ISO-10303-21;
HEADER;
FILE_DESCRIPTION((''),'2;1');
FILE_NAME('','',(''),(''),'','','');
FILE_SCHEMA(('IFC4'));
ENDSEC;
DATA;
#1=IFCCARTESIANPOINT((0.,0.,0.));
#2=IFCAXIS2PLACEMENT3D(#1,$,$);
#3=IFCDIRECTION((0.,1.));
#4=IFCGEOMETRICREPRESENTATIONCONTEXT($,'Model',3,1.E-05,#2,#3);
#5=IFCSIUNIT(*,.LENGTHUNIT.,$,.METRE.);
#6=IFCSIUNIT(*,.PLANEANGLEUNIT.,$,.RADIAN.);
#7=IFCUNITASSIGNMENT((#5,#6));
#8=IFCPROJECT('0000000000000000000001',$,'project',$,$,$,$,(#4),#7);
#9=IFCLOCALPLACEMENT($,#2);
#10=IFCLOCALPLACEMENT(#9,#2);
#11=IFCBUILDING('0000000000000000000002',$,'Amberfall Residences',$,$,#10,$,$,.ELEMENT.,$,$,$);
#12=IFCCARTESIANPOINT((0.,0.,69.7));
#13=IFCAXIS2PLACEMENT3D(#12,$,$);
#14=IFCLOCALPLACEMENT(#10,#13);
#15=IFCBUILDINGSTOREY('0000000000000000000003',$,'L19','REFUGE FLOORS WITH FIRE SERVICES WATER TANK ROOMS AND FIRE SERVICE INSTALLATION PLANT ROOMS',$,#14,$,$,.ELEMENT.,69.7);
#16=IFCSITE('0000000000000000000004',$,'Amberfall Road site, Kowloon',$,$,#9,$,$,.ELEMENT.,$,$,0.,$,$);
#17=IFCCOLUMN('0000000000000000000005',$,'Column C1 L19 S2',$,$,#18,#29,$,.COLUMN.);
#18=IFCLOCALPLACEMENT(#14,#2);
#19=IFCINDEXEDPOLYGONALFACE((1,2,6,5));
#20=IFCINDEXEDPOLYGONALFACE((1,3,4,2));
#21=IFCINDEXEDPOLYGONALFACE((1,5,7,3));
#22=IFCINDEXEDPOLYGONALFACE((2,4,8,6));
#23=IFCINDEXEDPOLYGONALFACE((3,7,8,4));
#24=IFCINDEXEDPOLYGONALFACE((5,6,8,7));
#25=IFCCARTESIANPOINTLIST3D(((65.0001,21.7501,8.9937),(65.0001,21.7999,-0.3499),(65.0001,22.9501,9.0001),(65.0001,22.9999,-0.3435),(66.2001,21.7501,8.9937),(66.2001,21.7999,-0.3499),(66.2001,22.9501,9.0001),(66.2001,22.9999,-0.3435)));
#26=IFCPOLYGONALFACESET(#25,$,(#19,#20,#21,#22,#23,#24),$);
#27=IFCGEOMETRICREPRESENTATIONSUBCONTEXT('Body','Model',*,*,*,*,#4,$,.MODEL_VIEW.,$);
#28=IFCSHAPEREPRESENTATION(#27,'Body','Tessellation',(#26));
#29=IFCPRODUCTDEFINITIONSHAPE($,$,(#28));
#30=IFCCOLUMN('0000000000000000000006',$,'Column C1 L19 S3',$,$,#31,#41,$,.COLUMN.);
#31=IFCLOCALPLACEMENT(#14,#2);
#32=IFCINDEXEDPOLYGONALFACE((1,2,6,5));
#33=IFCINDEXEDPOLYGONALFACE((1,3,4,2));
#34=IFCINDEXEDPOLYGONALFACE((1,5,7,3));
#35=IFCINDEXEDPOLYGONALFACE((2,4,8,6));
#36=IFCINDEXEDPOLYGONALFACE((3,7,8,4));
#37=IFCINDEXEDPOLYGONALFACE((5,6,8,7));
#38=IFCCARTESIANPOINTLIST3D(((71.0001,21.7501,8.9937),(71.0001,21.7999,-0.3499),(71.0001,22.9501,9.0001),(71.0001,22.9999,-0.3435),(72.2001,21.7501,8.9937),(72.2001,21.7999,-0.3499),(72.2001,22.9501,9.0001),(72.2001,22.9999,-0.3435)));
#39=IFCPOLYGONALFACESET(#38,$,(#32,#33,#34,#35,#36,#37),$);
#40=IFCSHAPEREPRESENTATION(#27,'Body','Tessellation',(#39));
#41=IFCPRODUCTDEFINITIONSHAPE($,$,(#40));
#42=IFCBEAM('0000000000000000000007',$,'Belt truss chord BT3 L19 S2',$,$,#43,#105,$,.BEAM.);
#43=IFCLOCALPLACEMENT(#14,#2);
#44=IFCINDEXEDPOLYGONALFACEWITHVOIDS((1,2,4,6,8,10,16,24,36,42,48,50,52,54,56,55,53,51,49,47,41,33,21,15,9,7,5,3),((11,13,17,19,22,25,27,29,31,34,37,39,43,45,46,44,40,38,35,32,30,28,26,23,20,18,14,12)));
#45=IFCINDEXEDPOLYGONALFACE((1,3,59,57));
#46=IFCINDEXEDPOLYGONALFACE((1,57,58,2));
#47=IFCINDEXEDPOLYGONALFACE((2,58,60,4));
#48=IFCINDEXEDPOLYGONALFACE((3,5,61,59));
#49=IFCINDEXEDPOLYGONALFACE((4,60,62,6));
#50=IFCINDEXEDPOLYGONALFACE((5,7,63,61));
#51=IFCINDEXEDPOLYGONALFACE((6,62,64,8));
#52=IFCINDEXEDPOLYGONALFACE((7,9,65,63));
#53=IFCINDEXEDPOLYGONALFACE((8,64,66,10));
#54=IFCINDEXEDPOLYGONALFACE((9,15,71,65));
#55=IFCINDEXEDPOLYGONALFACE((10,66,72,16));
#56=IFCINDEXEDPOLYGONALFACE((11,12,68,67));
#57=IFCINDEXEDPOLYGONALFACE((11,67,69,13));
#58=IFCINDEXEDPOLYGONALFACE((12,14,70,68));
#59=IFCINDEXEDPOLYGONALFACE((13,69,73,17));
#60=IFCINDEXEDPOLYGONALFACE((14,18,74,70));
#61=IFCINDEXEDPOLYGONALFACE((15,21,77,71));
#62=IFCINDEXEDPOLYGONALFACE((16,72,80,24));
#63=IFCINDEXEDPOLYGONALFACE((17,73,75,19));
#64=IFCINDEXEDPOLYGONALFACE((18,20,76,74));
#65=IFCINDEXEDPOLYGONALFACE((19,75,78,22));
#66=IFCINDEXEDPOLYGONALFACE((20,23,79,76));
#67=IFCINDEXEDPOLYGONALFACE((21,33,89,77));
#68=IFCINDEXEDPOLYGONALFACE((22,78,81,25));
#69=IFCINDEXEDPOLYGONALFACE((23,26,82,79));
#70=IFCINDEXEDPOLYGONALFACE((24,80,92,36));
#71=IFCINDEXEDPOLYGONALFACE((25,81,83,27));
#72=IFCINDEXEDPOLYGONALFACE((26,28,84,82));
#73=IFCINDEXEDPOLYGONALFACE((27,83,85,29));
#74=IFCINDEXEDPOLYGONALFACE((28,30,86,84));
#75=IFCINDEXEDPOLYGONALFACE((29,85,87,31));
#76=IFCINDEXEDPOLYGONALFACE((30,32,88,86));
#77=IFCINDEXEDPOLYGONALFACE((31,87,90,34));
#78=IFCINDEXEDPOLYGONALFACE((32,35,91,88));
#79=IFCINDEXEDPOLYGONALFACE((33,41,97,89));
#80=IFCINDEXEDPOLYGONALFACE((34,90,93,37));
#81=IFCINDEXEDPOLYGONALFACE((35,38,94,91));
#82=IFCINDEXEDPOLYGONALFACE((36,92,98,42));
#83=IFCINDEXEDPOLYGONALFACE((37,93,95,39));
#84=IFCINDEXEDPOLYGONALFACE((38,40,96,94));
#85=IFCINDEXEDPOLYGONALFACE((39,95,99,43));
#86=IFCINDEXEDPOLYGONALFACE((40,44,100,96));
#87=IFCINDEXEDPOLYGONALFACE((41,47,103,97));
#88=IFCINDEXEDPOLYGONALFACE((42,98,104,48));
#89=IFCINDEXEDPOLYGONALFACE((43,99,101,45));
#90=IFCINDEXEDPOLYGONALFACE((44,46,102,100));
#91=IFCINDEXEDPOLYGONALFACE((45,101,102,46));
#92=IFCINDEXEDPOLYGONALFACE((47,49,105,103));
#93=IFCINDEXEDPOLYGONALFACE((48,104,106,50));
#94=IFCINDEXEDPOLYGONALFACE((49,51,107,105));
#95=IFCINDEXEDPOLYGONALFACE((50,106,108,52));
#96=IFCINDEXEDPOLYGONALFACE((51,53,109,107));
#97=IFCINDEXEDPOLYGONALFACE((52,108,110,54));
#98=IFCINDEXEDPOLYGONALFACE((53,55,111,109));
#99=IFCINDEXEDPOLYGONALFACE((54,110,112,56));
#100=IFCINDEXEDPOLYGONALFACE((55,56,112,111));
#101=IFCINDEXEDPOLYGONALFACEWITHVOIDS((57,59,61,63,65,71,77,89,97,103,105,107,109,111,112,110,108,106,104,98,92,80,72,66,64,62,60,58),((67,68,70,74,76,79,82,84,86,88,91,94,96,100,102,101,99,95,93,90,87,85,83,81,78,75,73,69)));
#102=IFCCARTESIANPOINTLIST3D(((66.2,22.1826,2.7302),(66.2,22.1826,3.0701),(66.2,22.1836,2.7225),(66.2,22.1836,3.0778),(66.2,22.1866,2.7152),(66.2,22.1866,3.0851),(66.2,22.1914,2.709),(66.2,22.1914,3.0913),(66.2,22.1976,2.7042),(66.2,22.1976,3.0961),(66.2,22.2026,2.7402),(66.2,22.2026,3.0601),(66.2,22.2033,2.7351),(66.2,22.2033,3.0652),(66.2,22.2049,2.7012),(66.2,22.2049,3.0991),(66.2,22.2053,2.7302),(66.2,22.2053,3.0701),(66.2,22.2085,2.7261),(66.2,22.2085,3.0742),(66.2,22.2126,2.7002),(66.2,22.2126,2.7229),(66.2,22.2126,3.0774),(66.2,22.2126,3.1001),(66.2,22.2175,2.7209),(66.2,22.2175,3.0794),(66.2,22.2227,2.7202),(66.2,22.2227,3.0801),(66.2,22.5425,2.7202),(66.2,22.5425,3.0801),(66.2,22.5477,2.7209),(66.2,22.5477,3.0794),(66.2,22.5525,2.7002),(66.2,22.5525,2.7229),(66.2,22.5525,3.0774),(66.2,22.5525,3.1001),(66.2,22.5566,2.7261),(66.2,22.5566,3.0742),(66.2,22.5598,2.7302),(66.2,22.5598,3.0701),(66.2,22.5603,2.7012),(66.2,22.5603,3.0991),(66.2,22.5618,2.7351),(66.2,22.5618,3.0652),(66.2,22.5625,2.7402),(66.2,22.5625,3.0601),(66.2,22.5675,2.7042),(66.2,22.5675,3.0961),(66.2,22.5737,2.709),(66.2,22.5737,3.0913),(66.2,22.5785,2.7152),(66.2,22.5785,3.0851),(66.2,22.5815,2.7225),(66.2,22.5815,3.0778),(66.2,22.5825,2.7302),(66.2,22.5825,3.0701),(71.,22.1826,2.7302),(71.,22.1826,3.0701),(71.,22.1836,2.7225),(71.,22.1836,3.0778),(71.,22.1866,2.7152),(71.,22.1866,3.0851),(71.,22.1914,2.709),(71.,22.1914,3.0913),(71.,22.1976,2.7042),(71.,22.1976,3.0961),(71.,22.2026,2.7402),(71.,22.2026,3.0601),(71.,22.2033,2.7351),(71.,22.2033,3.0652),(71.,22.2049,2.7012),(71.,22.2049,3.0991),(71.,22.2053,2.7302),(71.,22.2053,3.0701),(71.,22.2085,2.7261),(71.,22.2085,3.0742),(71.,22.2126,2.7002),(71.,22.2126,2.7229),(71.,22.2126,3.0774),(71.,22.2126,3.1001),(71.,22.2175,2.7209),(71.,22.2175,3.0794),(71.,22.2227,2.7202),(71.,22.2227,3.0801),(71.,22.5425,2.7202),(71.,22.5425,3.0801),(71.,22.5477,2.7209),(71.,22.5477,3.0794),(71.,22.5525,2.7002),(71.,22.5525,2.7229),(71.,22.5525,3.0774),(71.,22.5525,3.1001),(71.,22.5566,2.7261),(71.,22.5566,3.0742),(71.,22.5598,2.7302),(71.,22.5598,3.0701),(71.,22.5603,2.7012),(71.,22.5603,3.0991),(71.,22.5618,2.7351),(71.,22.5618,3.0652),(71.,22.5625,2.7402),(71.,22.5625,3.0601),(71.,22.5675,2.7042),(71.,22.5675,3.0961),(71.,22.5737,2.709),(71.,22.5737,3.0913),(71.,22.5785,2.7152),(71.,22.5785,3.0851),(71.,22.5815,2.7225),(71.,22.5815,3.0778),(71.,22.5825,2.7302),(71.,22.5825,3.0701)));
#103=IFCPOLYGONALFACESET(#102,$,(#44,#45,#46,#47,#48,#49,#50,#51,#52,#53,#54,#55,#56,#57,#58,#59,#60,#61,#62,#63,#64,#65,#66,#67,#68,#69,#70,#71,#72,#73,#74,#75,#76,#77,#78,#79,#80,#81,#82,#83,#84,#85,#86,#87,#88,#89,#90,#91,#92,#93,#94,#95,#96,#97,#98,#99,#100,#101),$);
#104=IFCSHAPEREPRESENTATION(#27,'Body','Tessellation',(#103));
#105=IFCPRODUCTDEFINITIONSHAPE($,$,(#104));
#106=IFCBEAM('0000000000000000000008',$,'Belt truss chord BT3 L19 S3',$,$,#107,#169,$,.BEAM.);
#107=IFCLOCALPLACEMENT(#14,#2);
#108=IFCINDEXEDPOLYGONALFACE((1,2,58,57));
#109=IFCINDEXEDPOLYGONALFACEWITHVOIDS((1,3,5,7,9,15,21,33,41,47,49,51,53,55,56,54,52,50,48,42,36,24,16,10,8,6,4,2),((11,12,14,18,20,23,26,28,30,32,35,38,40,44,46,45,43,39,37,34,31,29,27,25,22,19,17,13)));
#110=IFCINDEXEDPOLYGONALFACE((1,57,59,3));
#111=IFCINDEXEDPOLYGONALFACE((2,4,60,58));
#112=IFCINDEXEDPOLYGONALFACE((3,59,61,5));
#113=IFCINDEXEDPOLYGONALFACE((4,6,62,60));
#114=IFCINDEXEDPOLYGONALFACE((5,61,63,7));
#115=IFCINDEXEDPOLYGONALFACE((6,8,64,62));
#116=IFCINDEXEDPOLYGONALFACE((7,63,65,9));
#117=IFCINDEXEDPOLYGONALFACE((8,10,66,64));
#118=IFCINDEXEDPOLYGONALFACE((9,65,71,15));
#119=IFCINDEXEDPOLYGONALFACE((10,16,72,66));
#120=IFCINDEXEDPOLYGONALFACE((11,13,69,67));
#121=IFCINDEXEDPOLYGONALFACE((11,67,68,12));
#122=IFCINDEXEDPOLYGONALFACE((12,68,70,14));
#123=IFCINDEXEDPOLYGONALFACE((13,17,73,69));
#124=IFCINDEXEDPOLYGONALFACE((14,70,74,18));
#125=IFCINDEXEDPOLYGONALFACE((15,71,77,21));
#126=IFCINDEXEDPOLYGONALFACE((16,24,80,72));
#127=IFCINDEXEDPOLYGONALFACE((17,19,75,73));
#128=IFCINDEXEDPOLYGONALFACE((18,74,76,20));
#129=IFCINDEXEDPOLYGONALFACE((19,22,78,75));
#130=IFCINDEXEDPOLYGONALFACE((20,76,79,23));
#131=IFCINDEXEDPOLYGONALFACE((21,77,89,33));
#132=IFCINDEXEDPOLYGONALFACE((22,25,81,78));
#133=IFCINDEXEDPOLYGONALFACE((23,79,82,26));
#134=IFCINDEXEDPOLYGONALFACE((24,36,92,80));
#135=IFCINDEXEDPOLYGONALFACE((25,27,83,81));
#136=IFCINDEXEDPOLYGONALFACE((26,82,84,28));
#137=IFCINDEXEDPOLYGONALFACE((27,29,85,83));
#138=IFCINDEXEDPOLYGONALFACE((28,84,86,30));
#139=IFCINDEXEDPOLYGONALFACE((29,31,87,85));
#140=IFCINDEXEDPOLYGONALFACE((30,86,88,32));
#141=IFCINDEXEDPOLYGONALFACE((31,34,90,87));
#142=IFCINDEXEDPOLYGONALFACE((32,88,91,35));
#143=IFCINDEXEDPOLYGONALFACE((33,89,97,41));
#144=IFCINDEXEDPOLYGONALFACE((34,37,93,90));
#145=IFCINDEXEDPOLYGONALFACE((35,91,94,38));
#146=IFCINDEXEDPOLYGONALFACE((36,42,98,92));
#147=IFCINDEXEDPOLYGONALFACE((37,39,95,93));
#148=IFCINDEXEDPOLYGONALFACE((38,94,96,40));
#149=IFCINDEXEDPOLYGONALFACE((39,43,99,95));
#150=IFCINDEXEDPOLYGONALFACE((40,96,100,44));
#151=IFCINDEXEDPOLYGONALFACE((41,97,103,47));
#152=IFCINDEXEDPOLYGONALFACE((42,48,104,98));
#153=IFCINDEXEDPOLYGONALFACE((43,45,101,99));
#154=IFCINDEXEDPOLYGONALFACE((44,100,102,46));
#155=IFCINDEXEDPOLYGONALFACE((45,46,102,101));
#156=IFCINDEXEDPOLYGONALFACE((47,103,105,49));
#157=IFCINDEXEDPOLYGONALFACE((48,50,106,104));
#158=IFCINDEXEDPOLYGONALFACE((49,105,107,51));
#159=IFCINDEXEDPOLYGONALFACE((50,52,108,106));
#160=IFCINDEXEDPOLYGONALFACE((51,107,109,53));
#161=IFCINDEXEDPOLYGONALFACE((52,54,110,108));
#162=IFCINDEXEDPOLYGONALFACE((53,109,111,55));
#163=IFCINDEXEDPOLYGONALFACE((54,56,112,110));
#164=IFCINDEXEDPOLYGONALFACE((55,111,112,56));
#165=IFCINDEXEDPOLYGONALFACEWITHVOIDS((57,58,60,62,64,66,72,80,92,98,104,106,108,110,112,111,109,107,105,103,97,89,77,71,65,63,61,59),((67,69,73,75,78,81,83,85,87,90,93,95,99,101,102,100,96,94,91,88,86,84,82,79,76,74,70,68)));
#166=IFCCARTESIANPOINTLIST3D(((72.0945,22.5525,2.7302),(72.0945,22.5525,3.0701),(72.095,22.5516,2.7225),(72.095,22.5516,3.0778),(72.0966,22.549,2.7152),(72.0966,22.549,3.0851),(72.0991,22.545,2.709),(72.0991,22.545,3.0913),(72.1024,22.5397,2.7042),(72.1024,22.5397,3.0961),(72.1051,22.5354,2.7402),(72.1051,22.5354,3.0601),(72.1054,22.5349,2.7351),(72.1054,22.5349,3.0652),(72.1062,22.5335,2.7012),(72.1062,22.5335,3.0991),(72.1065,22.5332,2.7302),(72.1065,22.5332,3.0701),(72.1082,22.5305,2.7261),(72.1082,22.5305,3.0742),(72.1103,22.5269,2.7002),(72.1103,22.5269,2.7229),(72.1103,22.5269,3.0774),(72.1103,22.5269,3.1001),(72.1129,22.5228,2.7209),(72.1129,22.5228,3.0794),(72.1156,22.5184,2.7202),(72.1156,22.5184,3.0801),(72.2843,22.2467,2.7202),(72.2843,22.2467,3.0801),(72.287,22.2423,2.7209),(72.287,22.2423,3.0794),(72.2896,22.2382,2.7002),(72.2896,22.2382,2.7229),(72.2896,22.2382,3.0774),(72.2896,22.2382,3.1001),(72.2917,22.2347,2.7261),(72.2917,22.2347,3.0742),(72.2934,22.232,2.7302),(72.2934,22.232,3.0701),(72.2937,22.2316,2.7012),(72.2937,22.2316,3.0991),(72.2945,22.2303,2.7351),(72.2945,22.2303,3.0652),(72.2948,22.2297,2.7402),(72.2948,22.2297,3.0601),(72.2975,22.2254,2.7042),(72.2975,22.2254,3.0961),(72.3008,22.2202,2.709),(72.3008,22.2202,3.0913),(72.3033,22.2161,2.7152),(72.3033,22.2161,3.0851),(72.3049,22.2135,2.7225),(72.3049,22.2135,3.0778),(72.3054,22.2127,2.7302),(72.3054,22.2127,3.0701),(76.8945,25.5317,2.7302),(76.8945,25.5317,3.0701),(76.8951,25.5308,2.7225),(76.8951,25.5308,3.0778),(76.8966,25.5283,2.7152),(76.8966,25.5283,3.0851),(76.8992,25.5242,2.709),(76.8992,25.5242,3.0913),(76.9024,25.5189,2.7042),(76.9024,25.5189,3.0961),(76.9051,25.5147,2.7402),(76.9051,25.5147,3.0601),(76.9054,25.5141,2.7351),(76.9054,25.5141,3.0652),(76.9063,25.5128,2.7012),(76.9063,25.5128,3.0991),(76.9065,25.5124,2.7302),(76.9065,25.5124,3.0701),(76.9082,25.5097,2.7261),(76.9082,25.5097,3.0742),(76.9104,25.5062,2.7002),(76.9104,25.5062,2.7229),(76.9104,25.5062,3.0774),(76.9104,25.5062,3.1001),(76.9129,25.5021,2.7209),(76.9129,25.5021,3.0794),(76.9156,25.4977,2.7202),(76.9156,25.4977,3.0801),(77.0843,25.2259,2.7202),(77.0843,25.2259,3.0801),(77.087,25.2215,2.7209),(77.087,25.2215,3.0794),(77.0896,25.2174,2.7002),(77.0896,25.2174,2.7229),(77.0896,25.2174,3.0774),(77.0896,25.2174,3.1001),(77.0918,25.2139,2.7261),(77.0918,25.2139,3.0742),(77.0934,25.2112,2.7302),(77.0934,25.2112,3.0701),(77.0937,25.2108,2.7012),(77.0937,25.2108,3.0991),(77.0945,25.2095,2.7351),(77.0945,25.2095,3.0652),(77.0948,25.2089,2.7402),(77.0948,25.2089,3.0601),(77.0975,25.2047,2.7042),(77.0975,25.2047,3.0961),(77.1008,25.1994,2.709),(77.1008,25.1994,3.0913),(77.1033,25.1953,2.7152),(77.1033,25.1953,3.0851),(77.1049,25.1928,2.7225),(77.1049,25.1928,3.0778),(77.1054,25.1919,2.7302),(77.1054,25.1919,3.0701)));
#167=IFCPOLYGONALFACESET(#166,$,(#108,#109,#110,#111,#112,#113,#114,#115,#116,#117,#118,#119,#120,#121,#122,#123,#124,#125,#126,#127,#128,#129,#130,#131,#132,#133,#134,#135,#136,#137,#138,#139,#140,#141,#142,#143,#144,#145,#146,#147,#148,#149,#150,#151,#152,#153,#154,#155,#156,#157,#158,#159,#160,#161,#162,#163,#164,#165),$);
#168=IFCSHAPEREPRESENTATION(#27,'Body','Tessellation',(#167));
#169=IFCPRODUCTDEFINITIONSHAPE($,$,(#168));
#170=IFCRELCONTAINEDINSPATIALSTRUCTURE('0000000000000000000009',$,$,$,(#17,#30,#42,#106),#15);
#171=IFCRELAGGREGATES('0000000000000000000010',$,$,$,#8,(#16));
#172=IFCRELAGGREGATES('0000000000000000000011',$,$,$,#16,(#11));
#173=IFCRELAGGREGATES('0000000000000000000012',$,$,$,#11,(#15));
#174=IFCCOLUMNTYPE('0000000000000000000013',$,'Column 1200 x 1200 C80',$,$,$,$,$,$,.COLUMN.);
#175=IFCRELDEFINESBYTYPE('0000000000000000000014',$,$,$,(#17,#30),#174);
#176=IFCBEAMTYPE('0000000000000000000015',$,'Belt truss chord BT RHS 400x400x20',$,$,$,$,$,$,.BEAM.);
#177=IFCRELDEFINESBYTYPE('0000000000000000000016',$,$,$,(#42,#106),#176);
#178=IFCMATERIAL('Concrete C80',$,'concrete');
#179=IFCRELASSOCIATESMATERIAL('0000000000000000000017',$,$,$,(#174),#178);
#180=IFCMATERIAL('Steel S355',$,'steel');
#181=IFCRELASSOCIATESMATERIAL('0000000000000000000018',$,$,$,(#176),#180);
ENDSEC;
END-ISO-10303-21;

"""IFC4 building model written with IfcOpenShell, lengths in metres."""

from ifc_helpers import new_model, si_unit, direction, frame, origin, origin_2d, place, context, subcontext, project, spatial, rectangle, hollow_rectangle, extrude, material, material_profile, profile_set, type_object, element, save


model = new_model("IFC4")

# Units and contexts
model_context = context("Model", 3, precision=1e-05, world=origin(), true_north=direction((0.0, 1.0)))
body_context = subcontext(model_context, "Body", "Model", "MODEL_VIEW")
ifc_project = project(units=[si_unit("LENGTHUNIT", "METRE"), si_unit("PLANEANGLEUNIT", "RADIAN")], contexts=[model_context])

# Site, building, storey
site_placement = place(None, origin())
site = spatial("IfcSite", under=ifc_project, at=site_placement, Name="Amberfall Road site, Kowloon", CompositionType="ELEMENT", RefElevation=0.0)
building_placement = place(site_placement, origin())
building = spatial("IfcBuilding", under=site, at=building_placement, Name="Amberfall Residences", CompositionType="ELEMENT")
storey_placement = place(building_placement, frame((0.0, 0.0, 69.7)))
storey = spatial("IfcBuildingStorey", under=building, at=storey_placement, Name="L19", Description="REFUGE FLOORS WITH FIRE SERVICES WATER TANK ROOMS AND FIRE SERVICE INSTALLATION PLANT ROOMS", CompositionType="ELEMENT", Elevation=69.7)

# Columns
ifc_material_1 = material(Name="Concrete C80", Category="concrete")
ifc_material_profile_1 = material_profile(ifc_material_1, rectangle(XDim=1.2, YDim=1.2, at=origin_2d()), Name="Column 1200 x 1200 C80")
ifc_profile_set_1 = profile_set([ifc_material_profile_1], Name="Concrete C80")
column_type = type_object("IfcColumnType", Name="Column 1200 x 1200 C80", PredefinedType="COLUMN", material=ifc_profile_set_1)
for number, where, z_axis, x_axis, name in (
    (1, (65.6001, 22.3999, -0.3467), (0.0, -0.00533, 0.999986), (1.0, 0.0, 0.0), "Column C1 L19 S2"),
    (2, (71.6001, 22.3999, -0.3467), (0.0, -0.00533, 0.999986), (1.0, 0.0, 0.0), "Column C1 L19 S3"),
):
    element("IfcColumn", number, at=place(storey_placement, frame(where, z_axis=z_axis, x_axis=x_axis)), inside=storey, type_object=column_type, Name=name, PredefinedType="COLUMN", context=body_context, shape_type="SweptSolid", body=[
        extrude(rectangle(XDim=1.2, YDim=1.2, at=origin_2d()), origin(), (0.0, 0.0, 1.0), 9.3438),
    ])

# Beams
ifc_material_2 = material(Name="Steel S355", Category="steel")
ifc_material_profile_2 = material_profile(ifc_material_2, hollow_rectangle(XDim=0.3999, YDim=0.3999, WallThickness=0.02, InnerFilletRadius=0.02, OuterFilletRadius=0.03, at=origin_2d()), Name="RHS 400x400x20")
ifc_profile_set_2 = profile_set([ifc_material_profile_2], Name="Steel S355")
beam_type_1 = type_object("IfcBeamType", Name="Belt truss chord BT RHS 400x400x20", PredefinedType="BEAM", material=ifc_profile_set_2)
beam_1_placement = place(storey_placement, frame((66.2, 22.3826, 2.9001), z_axis=(1.0, 0.0, 0.0), x_axis=(0.0, 1.0, 0.0)))
element("IfcBeam", 3, at=beam_1_placement, inside=storey, type_object=beam_type_1, Name="Belt truss chord BT3 L19 S2", PredefinedType="BEAM", context=body_context, shape_type="SweptSolid", body=[
    extrude(hollow_rectangle(XDim=0.3999, YDim=0.3999, WallThickness=0.02, InnerFilletRadius=0.02, OuterFilletRadius=0.03, at=origin_2d()), origin(), (0.0, 0.0, 1.0), 4.8),
])
beam_2_placement = place(storey_placement, frame((72.2, 22.3826, 2.9001), z_axis=(0.849648, 0.527351, 0.0), x_axis=(-0.527351, 0.849648, 0.0)))
element("IfcBeam", 4, at=beam_2_placement, inside=storey, type_object=beam_type_1, Name="Belt truss chord BT3 L19 S3", PredefinedType="BEAM", context=body_context, shape_type="SweptSolid", body=[
    extrude(hollow_rectangle(XDim=0.3999, YDim=0.3999, WallThickness=0.02, InnerFilletRadius=0.02, OuterFilletRadius=0.03, at=origin_2d()), origin(), (0.0, 0.0, 1.0), 5.6494),
])

save(model, "model.ifc")
